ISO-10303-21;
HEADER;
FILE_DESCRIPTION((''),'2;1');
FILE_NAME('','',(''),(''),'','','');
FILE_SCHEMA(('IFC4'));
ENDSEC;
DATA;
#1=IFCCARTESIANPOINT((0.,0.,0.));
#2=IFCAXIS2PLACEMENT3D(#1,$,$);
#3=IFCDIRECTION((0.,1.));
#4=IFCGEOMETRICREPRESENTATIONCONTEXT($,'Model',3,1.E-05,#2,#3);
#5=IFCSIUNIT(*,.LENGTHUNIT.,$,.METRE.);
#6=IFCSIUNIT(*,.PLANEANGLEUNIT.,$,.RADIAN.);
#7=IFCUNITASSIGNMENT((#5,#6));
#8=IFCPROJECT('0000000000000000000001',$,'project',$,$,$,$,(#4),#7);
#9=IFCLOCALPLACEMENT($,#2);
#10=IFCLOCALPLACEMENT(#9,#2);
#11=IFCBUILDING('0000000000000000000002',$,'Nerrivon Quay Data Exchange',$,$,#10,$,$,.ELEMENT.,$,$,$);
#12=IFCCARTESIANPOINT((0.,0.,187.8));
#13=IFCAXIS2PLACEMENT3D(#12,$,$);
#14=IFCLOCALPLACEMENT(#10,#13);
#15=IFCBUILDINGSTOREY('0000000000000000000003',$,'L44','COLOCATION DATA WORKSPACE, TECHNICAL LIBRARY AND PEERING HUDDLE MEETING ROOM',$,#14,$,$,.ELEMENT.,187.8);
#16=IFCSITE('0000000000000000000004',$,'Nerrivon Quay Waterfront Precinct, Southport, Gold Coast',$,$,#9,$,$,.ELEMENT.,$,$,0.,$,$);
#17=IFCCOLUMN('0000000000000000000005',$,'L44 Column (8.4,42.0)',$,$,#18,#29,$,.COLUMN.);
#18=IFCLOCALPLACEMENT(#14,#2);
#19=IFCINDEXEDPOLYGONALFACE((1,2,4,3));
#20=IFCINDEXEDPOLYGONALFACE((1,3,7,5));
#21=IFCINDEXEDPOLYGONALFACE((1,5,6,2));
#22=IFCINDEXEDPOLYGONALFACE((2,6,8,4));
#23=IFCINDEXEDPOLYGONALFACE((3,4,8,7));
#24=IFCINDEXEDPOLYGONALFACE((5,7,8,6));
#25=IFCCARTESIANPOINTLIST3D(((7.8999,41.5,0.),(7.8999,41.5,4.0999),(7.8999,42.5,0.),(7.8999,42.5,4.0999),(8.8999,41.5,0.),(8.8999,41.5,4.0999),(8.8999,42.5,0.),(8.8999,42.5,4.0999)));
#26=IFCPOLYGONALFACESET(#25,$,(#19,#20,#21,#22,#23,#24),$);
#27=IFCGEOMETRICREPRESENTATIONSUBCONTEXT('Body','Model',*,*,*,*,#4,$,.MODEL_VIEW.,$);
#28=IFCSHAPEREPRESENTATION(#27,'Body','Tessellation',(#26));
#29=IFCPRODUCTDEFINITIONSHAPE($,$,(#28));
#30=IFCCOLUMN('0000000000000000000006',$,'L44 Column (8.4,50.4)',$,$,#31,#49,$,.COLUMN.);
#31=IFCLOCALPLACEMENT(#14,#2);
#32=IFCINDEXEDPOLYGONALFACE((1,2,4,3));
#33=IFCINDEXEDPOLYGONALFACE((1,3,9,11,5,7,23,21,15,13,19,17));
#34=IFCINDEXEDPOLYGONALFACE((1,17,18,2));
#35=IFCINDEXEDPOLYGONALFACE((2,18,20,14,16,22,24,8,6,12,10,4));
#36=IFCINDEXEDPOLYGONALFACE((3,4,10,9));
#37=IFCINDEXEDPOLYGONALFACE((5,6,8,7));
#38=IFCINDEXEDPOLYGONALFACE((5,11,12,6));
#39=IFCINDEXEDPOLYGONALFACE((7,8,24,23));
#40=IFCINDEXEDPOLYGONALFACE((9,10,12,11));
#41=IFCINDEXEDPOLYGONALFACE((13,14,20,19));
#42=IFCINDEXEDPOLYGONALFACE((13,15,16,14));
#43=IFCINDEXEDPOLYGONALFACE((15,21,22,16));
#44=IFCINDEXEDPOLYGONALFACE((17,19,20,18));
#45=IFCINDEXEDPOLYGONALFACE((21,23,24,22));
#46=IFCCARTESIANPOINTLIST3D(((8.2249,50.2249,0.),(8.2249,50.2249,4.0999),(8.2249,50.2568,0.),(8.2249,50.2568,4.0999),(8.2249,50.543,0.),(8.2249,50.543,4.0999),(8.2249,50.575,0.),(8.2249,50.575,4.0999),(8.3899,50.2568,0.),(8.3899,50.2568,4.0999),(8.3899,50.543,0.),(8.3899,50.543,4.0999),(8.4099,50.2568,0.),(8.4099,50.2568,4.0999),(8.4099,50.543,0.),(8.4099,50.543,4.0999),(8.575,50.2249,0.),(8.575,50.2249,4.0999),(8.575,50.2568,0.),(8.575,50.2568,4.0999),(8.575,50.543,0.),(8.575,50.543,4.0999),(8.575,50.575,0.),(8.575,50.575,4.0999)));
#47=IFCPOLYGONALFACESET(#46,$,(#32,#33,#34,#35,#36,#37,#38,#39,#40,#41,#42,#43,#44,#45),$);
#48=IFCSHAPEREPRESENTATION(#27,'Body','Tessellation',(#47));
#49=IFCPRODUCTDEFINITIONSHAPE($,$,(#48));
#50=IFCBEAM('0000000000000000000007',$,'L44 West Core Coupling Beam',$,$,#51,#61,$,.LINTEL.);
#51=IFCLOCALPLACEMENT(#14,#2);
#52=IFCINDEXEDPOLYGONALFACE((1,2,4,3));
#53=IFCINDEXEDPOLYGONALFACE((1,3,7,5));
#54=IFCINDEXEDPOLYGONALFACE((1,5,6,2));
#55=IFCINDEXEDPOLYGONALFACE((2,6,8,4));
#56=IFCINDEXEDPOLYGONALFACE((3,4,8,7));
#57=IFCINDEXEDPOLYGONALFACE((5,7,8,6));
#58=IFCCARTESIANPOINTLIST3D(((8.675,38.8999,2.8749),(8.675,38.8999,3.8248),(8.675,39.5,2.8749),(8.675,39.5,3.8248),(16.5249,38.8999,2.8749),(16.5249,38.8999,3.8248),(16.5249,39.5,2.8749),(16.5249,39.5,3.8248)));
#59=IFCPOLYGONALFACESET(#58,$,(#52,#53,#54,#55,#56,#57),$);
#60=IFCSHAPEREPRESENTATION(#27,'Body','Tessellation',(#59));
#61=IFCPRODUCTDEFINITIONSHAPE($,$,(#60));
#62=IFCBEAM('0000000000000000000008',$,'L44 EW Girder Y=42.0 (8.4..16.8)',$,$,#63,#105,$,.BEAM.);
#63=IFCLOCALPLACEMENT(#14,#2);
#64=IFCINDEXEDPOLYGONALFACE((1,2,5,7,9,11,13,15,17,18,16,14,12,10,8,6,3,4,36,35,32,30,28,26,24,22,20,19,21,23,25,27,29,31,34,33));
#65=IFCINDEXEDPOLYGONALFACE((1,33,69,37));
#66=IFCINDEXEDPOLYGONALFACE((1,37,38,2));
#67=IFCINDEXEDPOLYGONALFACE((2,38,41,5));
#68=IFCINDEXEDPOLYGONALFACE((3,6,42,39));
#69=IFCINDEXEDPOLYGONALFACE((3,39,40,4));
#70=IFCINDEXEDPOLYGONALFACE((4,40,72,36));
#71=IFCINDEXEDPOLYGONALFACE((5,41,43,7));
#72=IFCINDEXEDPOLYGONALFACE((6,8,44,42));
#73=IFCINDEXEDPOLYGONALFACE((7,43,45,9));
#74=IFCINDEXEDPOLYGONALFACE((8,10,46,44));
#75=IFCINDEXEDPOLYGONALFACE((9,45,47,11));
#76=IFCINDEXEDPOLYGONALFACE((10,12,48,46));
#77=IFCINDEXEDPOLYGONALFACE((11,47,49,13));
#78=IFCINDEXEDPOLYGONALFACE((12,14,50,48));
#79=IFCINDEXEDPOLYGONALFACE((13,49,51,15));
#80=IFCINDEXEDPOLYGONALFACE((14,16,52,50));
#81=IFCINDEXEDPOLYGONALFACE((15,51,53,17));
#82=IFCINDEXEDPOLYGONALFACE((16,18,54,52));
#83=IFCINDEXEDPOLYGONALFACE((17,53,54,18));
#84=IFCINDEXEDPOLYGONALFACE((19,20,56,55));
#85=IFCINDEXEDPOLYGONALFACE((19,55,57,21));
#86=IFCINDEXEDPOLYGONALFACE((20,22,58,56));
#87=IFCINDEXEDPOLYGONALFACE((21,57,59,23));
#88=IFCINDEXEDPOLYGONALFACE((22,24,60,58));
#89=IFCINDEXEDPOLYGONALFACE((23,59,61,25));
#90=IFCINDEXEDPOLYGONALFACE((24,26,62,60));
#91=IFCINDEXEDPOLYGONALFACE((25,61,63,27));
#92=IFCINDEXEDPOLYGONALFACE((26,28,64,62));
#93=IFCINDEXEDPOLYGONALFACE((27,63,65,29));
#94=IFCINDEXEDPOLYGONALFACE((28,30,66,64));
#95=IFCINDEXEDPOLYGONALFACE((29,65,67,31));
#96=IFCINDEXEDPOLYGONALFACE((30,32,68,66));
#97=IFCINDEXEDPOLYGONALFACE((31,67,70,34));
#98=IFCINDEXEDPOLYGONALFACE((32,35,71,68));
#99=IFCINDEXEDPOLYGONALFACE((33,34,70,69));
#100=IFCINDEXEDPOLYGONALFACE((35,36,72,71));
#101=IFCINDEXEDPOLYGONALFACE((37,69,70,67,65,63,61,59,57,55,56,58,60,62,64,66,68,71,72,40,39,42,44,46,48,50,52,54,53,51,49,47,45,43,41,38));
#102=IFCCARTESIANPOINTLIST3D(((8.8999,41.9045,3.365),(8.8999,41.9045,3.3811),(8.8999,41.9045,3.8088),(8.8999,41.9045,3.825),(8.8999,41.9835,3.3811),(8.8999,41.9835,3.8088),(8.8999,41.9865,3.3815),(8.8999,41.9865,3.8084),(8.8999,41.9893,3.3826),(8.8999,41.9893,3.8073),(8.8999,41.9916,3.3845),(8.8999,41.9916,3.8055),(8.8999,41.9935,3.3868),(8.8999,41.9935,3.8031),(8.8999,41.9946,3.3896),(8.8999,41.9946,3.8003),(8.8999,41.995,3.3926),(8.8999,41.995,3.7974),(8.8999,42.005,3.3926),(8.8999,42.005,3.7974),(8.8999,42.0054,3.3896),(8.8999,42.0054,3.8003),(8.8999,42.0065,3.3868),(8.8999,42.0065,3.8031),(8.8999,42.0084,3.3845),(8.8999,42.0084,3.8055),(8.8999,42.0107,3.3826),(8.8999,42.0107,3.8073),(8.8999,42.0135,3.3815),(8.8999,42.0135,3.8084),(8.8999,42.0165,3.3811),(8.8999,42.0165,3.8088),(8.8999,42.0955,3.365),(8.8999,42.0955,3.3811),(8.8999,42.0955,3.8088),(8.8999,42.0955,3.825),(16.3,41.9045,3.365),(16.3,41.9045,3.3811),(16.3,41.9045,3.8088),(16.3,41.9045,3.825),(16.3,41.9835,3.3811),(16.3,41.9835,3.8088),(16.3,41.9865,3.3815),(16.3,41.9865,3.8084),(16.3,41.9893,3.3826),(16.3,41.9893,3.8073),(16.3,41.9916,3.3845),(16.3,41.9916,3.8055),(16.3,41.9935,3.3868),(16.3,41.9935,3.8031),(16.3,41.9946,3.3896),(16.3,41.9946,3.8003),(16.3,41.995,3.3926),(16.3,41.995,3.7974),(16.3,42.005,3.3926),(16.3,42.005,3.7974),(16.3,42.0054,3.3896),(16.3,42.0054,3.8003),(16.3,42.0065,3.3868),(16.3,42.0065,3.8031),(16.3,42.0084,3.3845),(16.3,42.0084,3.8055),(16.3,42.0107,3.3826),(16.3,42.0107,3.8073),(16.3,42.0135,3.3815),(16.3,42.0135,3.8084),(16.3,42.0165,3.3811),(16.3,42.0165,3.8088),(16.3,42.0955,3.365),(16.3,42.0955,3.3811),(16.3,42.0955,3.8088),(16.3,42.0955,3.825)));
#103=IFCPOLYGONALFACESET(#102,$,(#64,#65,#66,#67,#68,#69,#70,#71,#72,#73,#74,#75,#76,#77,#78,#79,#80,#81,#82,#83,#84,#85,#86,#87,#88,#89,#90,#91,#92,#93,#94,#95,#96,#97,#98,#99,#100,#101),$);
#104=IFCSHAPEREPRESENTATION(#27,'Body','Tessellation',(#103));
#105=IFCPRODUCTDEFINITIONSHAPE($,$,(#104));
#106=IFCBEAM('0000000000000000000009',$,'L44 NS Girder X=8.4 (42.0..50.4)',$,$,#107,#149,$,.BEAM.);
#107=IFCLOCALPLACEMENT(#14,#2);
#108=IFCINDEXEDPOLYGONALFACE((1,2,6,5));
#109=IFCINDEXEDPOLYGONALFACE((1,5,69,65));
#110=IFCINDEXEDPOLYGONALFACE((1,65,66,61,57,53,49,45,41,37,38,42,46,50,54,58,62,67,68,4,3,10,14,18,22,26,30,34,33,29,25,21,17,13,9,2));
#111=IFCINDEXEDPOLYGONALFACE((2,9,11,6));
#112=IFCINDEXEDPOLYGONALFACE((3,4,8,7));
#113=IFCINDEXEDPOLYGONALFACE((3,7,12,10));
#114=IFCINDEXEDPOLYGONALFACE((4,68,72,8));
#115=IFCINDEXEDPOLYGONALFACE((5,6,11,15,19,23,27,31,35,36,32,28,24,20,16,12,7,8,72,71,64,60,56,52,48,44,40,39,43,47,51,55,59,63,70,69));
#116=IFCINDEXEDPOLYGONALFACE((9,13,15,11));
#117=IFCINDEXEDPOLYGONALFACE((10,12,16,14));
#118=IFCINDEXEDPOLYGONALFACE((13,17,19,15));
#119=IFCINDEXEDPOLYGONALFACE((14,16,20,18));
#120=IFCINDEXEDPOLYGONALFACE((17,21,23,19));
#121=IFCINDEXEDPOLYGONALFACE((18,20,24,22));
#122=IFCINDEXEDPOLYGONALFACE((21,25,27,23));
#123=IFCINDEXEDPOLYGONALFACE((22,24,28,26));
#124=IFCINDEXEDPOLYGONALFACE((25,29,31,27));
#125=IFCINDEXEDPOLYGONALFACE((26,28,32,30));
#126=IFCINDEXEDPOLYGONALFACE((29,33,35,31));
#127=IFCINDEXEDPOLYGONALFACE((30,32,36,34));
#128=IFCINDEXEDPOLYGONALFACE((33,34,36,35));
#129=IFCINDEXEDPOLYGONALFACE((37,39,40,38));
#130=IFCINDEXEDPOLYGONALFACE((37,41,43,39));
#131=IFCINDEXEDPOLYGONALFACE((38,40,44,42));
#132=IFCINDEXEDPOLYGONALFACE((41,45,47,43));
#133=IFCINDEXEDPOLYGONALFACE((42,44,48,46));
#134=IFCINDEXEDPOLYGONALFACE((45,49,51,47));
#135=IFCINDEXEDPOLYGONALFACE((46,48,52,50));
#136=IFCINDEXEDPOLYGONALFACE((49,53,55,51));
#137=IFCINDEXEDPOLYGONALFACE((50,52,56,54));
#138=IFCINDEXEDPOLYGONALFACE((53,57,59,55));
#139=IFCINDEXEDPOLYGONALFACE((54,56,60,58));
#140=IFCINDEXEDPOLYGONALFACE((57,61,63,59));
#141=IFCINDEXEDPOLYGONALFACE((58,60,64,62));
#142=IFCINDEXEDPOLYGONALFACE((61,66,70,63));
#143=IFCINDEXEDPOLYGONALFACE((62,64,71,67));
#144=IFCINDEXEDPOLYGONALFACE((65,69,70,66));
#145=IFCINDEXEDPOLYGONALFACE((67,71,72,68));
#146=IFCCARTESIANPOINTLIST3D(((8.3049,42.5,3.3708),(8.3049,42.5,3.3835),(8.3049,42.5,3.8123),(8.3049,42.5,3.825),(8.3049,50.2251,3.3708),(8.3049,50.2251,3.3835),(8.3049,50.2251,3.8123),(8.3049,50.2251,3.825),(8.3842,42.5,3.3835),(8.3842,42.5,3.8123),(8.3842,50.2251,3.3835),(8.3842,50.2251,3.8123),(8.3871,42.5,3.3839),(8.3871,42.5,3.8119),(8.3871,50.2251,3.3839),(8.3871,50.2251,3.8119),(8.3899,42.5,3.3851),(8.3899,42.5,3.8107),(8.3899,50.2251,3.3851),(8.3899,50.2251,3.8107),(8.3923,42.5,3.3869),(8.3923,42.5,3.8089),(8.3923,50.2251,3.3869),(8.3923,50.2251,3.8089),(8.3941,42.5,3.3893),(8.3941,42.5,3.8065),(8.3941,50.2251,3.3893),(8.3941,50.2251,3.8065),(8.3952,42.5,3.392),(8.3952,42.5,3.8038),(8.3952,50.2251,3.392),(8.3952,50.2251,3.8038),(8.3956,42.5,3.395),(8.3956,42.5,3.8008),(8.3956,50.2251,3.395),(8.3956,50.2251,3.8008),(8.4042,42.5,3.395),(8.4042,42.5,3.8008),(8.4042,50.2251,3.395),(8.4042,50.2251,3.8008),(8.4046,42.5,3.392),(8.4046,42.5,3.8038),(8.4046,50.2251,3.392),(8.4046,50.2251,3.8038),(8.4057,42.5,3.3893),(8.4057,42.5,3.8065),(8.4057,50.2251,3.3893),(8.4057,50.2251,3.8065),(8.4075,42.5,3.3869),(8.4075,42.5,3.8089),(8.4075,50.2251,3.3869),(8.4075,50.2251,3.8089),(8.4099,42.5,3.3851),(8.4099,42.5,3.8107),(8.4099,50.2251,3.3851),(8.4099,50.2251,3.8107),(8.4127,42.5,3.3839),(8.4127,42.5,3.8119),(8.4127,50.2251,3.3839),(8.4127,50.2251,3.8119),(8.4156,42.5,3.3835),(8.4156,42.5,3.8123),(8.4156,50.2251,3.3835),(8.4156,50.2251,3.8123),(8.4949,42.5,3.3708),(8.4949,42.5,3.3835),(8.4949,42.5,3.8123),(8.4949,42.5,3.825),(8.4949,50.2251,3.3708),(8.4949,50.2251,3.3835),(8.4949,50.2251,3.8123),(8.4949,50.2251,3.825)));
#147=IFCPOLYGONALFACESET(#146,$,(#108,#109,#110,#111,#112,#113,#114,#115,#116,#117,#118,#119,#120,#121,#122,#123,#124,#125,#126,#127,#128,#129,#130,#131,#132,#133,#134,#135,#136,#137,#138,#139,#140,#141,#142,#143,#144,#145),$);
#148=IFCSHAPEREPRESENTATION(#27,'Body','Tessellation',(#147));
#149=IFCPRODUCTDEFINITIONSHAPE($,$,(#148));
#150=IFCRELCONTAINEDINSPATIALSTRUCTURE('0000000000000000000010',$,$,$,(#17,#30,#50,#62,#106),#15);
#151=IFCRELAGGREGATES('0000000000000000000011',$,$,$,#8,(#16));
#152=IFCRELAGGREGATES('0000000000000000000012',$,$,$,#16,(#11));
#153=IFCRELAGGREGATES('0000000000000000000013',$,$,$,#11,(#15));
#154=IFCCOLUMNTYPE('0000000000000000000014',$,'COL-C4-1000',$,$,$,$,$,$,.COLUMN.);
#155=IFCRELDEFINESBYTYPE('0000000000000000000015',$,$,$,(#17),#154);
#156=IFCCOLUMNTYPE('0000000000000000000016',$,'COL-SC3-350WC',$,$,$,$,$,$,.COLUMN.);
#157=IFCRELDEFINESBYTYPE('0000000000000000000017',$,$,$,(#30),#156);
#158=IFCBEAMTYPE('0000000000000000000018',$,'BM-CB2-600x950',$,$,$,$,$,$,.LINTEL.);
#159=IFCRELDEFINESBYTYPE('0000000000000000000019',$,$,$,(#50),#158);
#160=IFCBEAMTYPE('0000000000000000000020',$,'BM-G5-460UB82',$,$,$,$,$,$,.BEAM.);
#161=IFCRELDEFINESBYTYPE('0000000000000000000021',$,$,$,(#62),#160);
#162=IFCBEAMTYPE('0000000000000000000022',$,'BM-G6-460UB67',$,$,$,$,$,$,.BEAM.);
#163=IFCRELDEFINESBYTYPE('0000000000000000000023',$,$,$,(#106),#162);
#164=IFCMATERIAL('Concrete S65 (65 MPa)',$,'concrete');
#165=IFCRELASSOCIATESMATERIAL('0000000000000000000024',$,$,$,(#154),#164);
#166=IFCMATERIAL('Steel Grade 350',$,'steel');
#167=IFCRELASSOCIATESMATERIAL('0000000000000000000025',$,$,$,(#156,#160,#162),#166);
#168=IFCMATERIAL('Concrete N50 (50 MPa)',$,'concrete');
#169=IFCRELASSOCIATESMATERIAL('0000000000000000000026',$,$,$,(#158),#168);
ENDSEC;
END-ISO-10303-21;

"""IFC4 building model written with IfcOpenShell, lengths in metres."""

from ifc_helpers import new_model, si_unit, direction, frame, origin, origin_2d, place, context, subcontext, project, spatial, rectangle, i_section, extrude, material, material_profile, profile_set, type_object, element, save


model = new_model("IFC4")

# Units and contexts
model_context = context("Model", 3, precision=1e-05, world=origin(), true_north=direction((0.0, 1.0)))
body_context = subcontext(model_context, "Body", "Model", "MODEL_VIEW")
ifc_project = project(units=[si_unit("LENGTHUNIT", "METRE"), si_unit("PLANEANGLEUNIT", "RADIAN")], contexts=[model_context])

# Site, building, storey
site_placement = place(None, origin())
site = spatial("IfcSite", under=ifc_project, at=site_placement, Name="Nerrivon Quay Waterfront Precinct, Southport, Gold Coast", CompositionType="ELEMENT", RefElevation=0.0)
building_placement = place(site_placement, origin())
building = spatial("IfcBuilding", under=site, at=building_placement, Name="Nerrivon Quay Data Exchange", CompositionType="ELEMENT")
storey_placement = place(building_placement, frame((0.0, 0.0, 187.8)))
storey = spatial("IfcBuildingStorey", under=building, at=storey_placement, Name="L44", Description="COLOCATION DATA WORKSPACE, TECHNICAL LIBRARY AND PEERING HUDDLE MEETING ROOM", CompositionType="ELEMENT", Elevation=187.8)

# Columns
ifc_material_1 = material(Name="Concrete S65 (65 MPa)", Category="concrete")
ifc_material_profile_1 = material_profile(ifc_material_1, rectangle(XDim=1.0, YDim=1.0, at=origin_2d()), Name="RC-COL-1000x1000")
ifc_profile_set_1 = profile_set([ifc_material_profile_1], Name="Concrete S65 (65 MPa)")
column_type_1 = type_object("IfcColumnType", Name="COL-C4-1000", PredefinedType="COLUMN", material=ifc_profile_set_1)
column_1_placement = place(storey_placement, frame((8.3999, 42.0, 0.0), z_axis=(0.0, 0.0, 1.0), x_axis=(1.0, 0.0, 0.0)))
element("IfcColumn", 1, at=column_1_placement, inside=storey, type_object=column_type_1, Name="L44 Column (8.4,42.0)", PredefinedType="COLUMN", context=body_context, shape_type="SweptSolid", body=[
    extrude(rectangle(XDim=1.0, YDim=1.0, at=origin_2d()), origin(), (0.0, 0.0, 1.0), 4.0999),
])
ifc_material_2 = material(Name="Steel Grade 350", Category="steel")
ifc_material_profile_2 = material_profile(ifc_material_2, i_section(OverallWidth=0.3501, OverallDepth=0.3501, WebThickness=0.02, FlangeThickness=0.032, at=origin_2d()), Name="350WC230")
ifc_profile_set_2 = profile_set([ifc_material_profile_2], Name="Steel Grade 350")
column_type_2 = type_object("IfcColumnType", Name="COL-SC3-350WC", PredefinedType="COLUMN", material=ifc_profile_set_2)
column_2_placement = place(storey_placement, frame((8.3999, 50.3999, 0.0), z_axis=(0.0, 0.0, 1.0), x_axis=(1.0, 0.0, 0.0)))
element("IfcColumn", 2, at=column_2_placement, inside=storey, type_object=column_type_2, Name="L44 Column (8.4,50.4)", PredefinedType="COLUMN", context=body_context, shape_type="SweptSolid", body=[
    extrude(i_section(OverallWidth=0.3501, OverallDepth=0.3501, WebThickness=0.02, FlangeThickness=0.032, at=origin_2d()), origin(), (0.0, 0.0, 1.0), 4.0999),
])

# Beams
ifc_material_3 = material(Name="Concrete N50 (50 MPa)", Category="concrete")
ifc_material_profile_3 = material_profile(ifc_material_3, rectangle(XDim=0.6001, YDim=0.95, at=origin_2d()), Name="RC-CB-600x950")
ifc_profile_set_3 = profile_set([ifc_material_profile_3], Name="Concrete N50 (50 MPa)")
beam_type_1 = type_object("IfcBeamType", Name="BM-CB2-600x950", PredefinedType="LINTEL", material=ifc_profile_set_3)
beam_1_placement = place(storey_placement, frame((8.675, 39.2, 3.3499), z_axis=(1.0, 0.0, 0.0), x_axis=(0.0, 1.0, 0.0)))
element("IfcBeam", 3, at=beam_1_placement, inside=storey, type_object=beam_type_1, Name="L44 West Core Coupling Beam", PredefinedType="LINTEL", context=body_context, shape_type="SweptSolid", body=[
    extrude(rectangle(XDim=0.6001, YDim=0.95, at=origin_2d()), origin(), (0.0, 0.0, 1.0), 7.8499),
])
ifc_material_profile_4 = material_profile(ifc_material_2, i_section(OverallWidth=0.1909, OverallDepth=0.46, WebThickness=0.01, FlangeThickness=0.0161, FilletRadius=0.0115, at=origin_2d()), Name="460UB82.1")
ifc_profile_set_4 = profile_set([ifc_material_profile_4], Name="Steel Grade 350")
beam_type_2 = type_object("IfcBeamType", Name="BM-G5-460UB82", PredefinedType="BEAM", material=ifc_profile_set_4)
beam_2_placement = place(storey_placement, frame((8.8999, 42.0, 3.595), z_axis=(1.0, 0.0, 0.0), x_axis=(0.0, 1.0, 0.0)))
element("IfcBeam", 4, at=beam_2_placement, inside=storey, type_object=beam_type_2, Name="L44 EW Girder Y=42.0 (8.4..16.8)", PredefinedType="BEAM", context=body_context, shape_type="SweptSolid", body=[
    extrude(i_section(OverallWidth=0.1909, OverallDepth=0.46, WebThickness=0.01, FlangeThickness=0.0161, FilletRadius=0.0115, at=origin_2d()), origin(), (0.0, 0.0, 1.0), 7.4001),
])
ifc_material_profile_5 = material_profile(ifc_material_2, i_section(OverallWidth=0.1899, OverallDepth=0.4541, WebThickness=0.0085, FlangeThickness=0.0127, FilletRadius=0.0115, at=origin_2d()), Name="460UB67.1")
ifc_profile_set_5 = profile_set([ifc_material_profile_5], Name="Steel Grade 350")
beam_type_3 = type_object("IfcBeamType", Name="BM-G6-460UB67", PredefinedType="BEAM", material=ifc_profile_set_5)
beam_3_placement = place(storey_placement, frame((8.3999, 42.5, 3.5979), z_axis=(0.0, 1.0, 0.0), x_axis=(-1.0, 0.0, 0.0)))
element("IfcBeam", 5, at=beam_3_placement, inside=storey, type_object=beam_type_3, Name="L44 NS Girder X=8.4 (42.0..50.4)", PredefinedType="BEAM", context=body_context, shape_type="SweptSolid", body=[
    extrude(i_section(OverallWidth=0.1899, OverallDepth=0.4541, WebThickness=0.0085, FlangeThickness=0.0127, FilletRadius=0.0115, at=origin_2d()), origin(), (0.0, 0.0, 1.0), 7.7251),
])

save(model, "model.ifc")
